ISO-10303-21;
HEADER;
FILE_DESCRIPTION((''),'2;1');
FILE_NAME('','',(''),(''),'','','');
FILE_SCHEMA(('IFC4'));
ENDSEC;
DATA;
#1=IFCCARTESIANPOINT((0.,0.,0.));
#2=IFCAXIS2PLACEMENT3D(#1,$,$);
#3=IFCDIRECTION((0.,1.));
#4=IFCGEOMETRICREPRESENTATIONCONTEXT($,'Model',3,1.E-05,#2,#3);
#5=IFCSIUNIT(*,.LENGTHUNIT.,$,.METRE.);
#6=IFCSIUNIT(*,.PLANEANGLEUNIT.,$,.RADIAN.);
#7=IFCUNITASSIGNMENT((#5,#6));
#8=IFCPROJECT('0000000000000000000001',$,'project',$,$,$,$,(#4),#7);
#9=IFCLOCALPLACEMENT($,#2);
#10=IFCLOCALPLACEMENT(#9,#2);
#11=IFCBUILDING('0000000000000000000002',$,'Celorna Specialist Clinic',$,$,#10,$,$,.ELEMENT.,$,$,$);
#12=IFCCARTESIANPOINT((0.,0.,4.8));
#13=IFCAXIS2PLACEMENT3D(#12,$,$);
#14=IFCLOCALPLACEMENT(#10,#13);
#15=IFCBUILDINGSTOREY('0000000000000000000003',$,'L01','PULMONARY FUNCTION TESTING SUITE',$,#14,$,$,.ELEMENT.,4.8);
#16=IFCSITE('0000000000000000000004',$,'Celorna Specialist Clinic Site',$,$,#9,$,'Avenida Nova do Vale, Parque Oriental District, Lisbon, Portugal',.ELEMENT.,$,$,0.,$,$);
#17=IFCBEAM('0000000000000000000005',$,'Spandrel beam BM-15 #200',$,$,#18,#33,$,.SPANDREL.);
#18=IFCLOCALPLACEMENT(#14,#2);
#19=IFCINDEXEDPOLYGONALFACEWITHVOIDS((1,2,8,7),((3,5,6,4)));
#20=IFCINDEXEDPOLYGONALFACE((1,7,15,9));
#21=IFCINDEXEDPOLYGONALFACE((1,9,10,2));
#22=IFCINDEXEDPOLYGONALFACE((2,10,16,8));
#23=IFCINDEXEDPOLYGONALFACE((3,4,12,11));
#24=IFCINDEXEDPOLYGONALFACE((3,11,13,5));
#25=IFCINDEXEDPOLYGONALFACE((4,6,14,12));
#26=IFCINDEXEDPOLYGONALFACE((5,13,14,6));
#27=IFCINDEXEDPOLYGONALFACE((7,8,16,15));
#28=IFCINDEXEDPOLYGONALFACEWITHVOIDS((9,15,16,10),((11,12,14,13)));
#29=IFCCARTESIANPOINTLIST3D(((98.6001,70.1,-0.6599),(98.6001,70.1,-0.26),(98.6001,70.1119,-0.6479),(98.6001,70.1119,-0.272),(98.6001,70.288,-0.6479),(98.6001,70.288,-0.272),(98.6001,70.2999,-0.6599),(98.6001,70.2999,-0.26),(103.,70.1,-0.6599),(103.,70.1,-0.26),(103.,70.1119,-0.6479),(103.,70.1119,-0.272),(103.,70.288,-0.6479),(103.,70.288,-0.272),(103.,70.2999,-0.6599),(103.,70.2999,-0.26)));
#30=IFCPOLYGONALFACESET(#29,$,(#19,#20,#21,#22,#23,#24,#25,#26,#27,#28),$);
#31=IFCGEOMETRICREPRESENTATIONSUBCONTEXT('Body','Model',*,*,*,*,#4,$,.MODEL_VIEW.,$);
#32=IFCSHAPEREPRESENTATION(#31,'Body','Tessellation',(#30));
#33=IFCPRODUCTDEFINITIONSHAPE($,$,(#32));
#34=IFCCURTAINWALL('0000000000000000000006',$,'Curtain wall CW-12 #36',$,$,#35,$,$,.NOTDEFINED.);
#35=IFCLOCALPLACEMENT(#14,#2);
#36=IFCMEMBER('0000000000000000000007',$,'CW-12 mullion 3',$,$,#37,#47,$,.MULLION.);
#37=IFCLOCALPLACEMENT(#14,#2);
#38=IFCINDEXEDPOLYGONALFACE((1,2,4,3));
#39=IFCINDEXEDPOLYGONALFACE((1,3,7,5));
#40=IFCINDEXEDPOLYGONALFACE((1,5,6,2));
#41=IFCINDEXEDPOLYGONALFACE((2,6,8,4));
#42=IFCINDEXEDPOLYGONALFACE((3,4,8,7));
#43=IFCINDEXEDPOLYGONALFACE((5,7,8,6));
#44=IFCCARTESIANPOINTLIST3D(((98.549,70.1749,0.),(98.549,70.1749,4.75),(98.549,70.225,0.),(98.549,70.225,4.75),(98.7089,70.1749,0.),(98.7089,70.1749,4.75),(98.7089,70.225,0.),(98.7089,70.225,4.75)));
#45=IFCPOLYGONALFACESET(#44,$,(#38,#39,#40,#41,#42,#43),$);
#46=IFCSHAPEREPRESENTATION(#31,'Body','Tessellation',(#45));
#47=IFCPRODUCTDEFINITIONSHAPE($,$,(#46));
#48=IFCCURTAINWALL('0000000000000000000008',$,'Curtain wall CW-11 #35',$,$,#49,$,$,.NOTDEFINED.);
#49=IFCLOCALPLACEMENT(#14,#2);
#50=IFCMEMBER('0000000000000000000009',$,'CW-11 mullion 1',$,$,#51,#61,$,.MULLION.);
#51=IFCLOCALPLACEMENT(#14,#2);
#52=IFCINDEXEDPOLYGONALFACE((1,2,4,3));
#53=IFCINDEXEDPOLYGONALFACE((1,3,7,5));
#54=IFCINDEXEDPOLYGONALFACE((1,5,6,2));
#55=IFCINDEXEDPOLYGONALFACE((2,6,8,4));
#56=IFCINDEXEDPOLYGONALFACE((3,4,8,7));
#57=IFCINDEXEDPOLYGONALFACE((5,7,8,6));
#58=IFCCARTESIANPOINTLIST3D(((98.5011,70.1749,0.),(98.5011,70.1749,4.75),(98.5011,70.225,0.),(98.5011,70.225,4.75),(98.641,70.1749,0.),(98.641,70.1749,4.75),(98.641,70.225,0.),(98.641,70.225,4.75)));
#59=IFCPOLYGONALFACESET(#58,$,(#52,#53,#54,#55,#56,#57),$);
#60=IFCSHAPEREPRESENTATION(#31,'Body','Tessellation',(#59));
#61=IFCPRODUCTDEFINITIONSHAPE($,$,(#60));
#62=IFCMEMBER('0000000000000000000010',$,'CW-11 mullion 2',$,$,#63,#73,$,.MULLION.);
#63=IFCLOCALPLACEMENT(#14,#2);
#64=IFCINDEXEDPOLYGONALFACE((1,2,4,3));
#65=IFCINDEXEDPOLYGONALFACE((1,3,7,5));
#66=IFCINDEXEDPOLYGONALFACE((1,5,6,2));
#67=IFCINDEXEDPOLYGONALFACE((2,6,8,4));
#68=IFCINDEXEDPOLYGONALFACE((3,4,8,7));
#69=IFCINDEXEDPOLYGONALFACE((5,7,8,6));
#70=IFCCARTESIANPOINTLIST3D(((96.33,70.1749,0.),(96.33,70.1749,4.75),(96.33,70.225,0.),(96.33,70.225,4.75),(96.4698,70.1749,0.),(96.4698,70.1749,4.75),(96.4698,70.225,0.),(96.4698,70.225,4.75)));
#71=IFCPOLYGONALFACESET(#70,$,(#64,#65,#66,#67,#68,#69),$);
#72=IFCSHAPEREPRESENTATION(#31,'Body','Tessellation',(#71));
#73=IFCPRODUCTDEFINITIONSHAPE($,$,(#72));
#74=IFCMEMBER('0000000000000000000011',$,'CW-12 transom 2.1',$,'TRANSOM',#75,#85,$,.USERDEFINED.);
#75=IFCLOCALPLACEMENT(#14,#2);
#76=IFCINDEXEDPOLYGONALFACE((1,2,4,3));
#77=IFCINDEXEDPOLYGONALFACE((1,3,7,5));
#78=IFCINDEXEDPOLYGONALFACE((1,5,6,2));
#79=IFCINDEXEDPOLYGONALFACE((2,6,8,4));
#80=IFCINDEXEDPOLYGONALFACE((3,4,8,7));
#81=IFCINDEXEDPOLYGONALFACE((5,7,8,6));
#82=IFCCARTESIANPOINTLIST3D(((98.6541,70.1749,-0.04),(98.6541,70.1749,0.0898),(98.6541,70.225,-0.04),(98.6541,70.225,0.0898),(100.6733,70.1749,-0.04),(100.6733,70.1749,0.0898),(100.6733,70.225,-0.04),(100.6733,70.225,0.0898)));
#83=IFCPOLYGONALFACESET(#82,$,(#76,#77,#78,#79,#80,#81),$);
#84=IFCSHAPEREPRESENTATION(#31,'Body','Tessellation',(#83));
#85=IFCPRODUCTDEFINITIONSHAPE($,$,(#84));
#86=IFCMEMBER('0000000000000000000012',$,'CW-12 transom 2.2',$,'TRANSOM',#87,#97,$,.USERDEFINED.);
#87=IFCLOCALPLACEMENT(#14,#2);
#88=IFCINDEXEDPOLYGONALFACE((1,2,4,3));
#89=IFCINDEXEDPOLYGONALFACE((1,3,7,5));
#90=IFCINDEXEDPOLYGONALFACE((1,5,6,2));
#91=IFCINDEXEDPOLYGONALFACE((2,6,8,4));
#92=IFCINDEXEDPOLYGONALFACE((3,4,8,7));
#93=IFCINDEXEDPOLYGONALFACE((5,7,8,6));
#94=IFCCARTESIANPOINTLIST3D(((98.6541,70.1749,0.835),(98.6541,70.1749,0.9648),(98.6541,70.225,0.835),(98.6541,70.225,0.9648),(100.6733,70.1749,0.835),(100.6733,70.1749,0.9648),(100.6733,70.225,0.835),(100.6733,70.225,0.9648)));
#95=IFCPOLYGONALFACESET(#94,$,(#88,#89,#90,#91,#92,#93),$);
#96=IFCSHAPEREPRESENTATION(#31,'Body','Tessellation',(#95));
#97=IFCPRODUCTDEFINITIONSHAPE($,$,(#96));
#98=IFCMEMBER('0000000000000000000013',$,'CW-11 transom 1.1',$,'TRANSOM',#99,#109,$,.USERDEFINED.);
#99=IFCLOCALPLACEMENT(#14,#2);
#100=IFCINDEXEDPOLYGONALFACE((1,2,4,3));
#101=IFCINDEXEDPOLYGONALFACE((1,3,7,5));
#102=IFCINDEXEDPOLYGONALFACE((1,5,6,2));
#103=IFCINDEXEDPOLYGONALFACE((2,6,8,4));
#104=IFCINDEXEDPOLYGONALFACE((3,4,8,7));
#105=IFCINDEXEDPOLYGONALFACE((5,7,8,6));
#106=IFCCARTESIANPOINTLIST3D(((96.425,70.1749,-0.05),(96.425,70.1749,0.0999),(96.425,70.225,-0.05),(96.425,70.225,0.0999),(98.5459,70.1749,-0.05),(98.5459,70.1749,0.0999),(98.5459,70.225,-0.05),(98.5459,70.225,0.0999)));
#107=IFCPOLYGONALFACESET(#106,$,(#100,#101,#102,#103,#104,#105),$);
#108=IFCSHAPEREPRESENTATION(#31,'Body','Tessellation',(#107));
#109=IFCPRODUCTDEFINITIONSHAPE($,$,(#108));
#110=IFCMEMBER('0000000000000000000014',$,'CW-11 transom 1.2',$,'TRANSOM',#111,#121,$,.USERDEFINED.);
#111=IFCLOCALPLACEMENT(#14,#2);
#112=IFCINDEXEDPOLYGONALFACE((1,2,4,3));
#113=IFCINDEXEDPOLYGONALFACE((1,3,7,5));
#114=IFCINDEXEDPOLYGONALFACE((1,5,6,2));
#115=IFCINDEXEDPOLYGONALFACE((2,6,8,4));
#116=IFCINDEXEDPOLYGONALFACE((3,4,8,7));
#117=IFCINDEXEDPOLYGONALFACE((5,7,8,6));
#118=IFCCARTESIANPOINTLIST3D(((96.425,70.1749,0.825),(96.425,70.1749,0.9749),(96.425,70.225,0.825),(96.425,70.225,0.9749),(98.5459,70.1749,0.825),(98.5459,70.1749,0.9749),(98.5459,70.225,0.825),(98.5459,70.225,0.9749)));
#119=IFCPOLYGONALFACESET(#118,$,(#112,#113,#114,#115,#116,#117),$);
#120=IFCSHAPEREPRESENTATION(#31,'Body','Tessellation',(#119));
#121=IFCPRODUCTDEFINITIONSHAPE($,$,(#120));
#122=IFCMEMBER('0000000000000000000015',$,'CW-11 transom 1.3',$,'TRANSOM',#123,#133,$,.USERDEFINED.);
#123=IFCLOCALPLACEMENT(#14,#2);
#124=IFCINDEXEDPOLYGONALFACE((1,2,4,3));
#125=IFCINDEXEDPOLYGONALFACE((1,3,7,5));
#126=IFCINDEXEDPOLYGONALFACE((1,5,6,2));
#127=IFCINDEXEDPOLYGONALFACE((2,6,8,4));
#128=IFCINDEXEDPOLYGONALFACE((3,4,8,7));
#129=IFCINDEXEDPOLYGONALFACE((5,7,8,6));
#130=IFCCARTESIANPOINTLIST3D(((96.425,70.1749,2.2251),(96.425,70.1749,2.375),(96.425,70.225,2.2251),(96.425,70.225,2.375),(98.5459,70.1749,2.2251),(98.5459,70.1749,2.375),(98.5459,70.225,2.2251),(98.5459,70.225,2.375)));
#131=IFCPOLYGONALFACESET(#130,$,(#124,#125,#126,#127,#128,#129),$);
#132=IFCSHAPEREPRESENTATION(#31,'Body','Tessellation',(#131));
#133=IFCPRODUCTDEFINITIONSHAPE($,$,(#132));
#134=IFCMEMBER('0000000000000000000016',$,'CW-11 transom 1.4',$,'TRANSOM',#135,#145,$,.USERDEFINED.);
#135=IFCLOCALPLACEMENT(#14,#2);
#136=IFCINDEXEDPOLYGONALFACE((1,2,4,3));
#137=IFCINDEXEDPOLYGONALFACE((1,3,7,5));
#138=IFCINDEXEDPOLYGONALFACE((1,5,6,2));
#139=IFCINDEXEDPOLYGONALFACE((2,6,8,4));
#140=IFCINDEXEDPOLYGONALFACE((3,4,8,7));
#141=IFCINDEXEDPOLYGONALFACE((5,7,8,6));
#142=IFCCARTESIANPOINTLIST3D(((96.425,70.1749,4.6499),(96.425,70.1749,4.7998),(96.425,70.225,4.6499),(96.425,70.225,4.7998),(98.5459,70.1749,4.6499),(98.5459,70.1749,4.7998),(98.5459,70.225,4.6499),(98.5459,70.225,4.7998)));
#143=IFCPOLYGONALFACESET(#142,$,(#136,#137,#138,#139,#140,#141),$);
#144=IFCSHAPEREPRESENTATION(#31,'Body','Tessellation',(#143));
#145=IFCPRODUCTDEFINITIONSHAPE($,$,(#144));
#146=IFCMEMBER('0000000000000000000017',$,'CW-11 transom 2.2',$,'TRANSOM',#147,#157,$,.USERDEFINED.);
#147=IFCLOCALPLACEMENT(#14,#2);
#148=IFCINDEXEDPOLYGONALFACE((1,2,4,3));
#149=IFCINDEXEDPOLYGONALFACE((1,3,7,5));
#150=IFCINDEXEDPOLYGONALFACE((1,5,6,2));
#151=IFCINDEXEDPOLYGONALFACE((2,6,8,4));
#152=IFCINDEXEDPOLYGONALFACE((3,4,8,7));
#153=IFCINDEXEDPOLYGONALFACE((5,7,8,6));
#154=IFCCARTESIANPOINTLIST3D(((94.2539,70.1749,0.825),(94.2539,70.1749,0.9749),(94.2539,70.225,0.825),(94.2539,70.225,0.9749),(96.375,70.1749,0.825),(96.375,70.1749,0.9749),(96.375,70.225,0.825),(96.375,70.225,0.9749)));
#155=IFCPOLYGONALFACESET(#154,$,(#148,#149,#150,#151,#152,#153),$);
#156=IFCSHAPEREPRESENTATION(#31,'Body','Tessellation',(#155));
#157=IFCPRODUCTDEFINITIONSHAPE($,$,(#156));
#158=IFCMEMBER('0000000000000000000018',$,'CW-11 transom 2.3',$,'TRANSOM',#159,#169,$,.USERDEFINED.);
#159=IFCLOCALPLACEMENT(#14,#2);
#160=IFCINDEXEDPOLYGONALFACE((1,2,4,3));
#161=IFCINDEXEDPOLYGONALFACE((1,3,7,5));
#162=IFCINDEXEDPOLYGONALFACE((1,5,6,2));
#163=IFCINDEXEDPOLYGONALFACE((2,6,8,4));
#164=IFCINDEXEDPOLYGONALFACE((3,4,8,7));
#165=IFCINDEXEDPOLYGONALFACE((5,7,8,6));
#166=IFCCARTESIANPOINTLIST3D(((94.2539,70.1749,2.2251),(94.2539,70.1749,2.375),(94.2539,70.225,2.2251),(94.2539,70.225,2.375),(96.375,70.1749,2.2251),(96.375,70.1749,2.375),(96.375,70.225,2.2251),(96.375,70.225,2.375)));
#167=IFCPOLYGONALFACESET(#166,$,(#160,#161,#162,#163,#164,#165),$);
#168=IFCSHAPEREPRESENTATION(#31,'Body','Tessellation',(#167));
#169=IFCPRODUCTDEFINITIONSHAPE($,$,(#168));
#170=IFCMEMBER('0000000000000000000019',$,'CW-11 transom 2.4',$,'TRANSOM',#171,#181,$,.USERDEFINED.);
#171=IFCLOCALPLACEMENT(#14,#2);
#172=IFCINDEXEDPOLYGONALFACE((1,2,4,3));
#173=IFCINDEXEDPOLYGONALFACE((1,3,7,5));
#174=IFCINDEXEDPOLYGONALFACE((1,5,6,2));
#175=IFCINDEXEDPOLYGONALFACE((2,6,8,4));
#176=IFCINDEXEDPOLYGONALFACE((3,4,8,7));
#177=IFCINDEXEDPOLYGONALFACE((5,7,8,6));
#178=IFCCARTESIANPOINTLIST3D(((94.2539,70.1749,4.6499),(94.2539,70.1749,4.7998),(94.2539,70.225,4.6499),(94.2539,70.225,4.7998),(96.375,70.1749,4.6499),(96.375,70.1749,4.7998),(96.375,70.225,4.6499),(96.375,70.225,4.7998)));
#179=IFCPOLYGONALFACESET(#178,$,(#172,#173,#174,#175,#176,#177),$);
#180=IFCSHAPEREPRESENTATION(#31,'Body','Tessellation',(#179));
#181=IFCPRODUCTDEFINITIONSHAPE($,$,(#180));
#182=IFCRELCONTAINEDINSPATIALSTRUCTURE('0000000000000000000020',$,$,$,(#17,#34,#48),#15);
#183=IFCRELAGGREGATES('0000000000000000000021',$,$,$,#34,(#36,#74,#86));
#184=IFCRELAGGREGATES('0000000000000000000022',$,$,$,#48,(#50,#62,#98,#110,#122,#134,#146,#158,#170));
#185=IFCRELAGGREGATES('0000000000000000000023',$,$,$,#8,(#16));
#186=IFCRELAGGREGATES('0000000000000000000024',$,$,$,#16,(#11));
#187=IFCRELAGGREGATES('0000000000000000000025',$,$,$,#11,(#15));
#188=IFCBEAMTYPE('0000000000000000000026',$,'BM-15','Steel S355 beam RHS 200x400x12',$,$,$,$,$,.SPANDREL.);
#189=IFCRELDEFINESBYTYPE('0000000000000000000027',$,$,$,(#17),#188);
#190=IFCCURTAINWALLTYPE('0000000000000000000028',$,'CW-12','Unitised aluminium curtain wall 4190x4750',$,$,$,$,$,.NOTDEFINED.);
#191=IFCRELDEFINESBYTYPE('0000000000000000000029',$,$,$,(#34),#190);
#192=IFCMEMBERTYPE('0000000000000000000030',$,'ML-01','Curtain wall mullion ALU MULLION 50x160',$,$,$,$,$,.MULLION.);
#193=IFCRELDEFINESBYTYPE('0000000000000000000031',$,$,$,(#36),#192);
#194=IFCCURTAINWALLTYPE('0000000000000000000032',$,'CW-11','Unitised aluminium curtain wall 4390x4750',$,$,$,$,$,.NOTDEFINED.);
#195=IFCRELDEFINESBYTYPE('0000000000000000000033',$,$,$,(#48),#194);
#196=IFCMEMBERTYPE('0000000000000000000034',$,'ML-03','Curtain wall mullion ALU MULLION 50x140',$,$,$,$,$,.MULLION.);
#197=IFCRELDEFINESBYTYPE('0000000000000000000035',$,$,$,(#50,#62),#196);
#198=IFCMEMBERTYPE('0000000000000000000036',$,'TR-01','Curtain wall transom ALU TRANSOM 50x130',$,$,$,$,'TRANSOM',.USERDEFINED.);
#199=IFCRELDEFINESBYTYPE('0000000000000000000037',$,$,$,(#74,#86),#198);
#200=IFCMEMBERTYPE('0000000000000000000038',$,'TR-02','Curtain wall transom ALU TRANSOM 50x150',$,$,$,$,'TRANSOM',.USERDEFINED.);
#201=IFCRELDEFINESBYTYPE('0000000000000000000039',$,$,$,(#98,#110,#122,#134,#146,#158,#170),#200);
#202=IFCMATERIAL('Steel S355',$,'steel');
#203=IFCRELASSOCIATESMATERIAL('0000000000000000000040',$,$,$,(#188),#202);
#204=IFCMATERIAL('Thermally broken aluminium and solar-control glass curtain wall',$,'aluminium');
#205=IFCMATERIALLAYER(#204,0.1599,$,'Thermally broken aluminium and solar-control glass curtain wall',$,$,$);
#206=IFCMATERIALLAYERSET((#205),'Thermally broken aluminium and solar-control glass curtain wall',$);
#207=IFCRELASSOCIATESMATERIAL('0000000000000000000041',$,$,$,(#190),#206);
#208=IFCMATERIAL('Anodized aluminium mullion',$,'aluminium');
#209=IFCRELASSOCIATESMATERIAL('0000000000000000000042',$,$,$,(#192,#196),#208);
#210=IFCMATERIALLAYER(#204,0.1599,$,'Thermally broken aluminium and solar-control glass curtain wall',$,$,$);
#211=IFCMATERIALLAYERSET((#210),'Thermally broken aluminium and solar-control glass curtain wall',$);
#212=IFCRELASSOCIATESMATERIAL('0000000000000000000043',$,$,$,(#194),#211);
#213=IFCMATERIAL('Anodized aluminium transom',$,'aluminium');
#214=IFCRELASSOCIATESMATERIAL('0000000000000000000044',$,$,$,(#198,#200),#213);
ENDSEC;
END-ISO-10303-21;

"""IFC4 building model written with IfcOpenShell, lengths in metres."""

from ifc_helpers import new_model, si_unit, direction, frame, origin, origin_2d, place, context, subcontext, project, spatial, rectangle, hollow_rectangle, extrude, material, layer, layer_set, material_profile, profile_set, type_object, element, aggregate, save


model = new_model("IFC4")

# Units and contexts
model_context = context("Model", 3, precision=1e-05, world=origin(), true_north=direction((0.0, 1.0)))
body_context = subcontext(model_context, "Body", "Model", "MODEL_VIEW")
ifc_project = project(units=[si_unit("LENGTHUNIT", "METRE"), si_unit("PLANEANGLEUNIT", "RADIAN")], contexts=[model_context])

# Site, building, storey
site_placement = place(None, origin())
site = spatial("IfcSite", under=ifc_project, at=site_placement, Name="Celorna Specialist Clinic Site", LongName="Avenida Nova do Vale, Parque Oriental District, Lisbon, Portugal", CompositionType="ELEMENT", RefElevation=0.0)
building_placement = place(site_placement, origin())
building = spatial("IfcBuilding", under=site, at=building_placement, Name="Celorna Specialist Clinic", CompositionType="ELEMENT")
storey_placement = place(building_placement, frame((0.0, 0.0, 4.8)))
storey = spatial("IfcBuildingStorey", under=building, at=storey_placement, Name="L01", Description="PULMONARY FUNCTION TESTING SUITE", CompositionType="ELEMENT", Elevation=4.8)

# Beam
ifc_material_1 = material(Name="Steel S355", Category="steel")
ifc_material_profile_1 = material_profile(ifc_material_1, hollow_rectangle(XDim=0.2, YDim=0.3999, WallThickness=0.012, at=origin_2d()), Name="RHS 200x400x12")
ifc_profile_set_1 = profile_set([ifc_material_profile_1], Name="Steel S355")
beam_type = type_object("IfcBeamType", Name="BM-15", Description="Steel S355 beam RHS 200x400x12", PredefinedType="SPANDREL", material=ifc_profile_set_1)
beam_placement = place(storey_placement, frame((98.6001, 70.2, -0.46), z_axis=(1.0, 0.0, 0.0), x_axis=(0.0, 1.0, 0.0)))
element("IfcBeam", 1, at=beam_placement, inside=storey, type_object=beam_type, Name="Spandrel beam BM-15 #200", PredefinedType="SPANDREL", context=body_context, shape_type="SweptSolid", body=[
    extrude(hollow_rectangle(XDim=0.2, YDim=0.3999, WallThickness=0.012, at=origin_2d()), origin(), (0.0, 0.0, 1.0), 4.3999),
])

# Curtain wall, member
ifc_material_2 = material(Name="Thermally broken aluminium and solar-control glass curtain wall", Category="aluminium")
ifc_layer_1 = layer(ifc_material_2, 0.1599, Name="Thermally broken aluminium and solar-control glass curtain wall")
ifc_layer_set_1 = layer_set([ifc_layer_1], Name="Thermally broken aluminium and solar-control glass curtain wall")
curtain_wall_type_1 = type_object("IfcCurtainWallType", Name="CW-12", Description="Unitised aluminium curtain wall 4190x4750", PredefinedType="NOTDEFINED", material=ifc_layer_set_1)
curtain_wall_1_placement = place(storey_placement, origin())
curtain_wall_1 = element("IfcCurtainWall", 2, at=curtain_wall_1_placement, inside=storey, type_object=curtain_wall_type_1, Name="Curtain wall CW-12 #36", PredefinedType="NOTDEFINED")
ifc_material_3 = material(Name="Anodized aluminium mullion", Category="aluminium")
ifc_material_profile_2 = material_profile(ifc_material_3, rectangle(XDim=0.05, YDim=0.1599, at=origin_2d()), Name="ALU MULLION 50x160")
ifc_profile_set_2 = profile_set([ifc_material_profile_2], Name="Anodized aluminium mullion")
member_type_1 = type_object("IfcMemberType", Name="ML-01", Description="Curtain wall mullion ALU MULLION 50x160", PredefinedType="MULLION", material=ifc_profile_set_2)
member_1_placement = place(storey_placement, frame((98.6289, 70.2, 0.0), z_axis=(0.0, 0.0, 1.0), x_axis=(0.0, -1.0, 0.0)))
member_1 = element("IfcMember", 3, at=member_1_placement, type_object=member_type_1, Name="CW-12 mullion 3", PredefinedType="MULLION", context=body_context, shape_type="SweptSolid", body=[
    extrude(rectangle(XDim=0.05, YDim=0.1599, at=origin_2d()), origin(), (0.0, 0.0, 1.0), 4.75),
])

# Curtain wall, members
ifc_layer_2 = layer(ifc_material_2, 0.1599, Name="Thermally broken aluminium and solar-control glass curtain wall")
ifc_layer_set_2 = layer_set([ifc_layer_2], Name="Thermally broken aluminium and solar-control glass curtain wall")
curtain_wall_type_2 = type_object("IfcCurtainWallType", Name="CW-11", Description="Unitised aluminium curtain wall 4390x4750", PredefinedType="NOTDEFINED", material=ifc_layer_set_2)
curtain_wall_2_placement = place(storey_placement, origin())
curtain_wall_2 = element("IfcCurtainWall", 4, at=curtain_wall_2_placement, inside=storey, type_object=curtain_wall_type_2, Name="Curtain wall CW-11 #35", PredefinedType="NOTDEFINED")
ifc_material_profile_3 = material_profile(ifc_material_3, rectangle(XDim=0.05, YDim=0.1399, at=origin_2d()), Name="ALU MULLION 50x140")
ifc_profile_set_3 = profile_set([ifc_material_profile_3], Name="Anodized aluminium mullion")
member_type_2 = type_object("IfcMemberType", Name="ML-03", Description="Curtain wall mullion ALU MULLION 50x140", PredefinedType="MULLION", material=ifc_profile_set_3)
member_2_placement = place(storey_placement, frame((98.571, 70.2, 0.0), z_axis=(0.0, 0.0, 1.0), x_axis=(0.0, -1.0, 0.0)))
member_2 = element("IfcMember", 5, at=member_2_placement, type_object=member_type_2, Name="CW-11 mullion 1", PredefinedType="MULLION", context=body_context, shape_type="SweptSolid", body=[
    extrude(rectangle(XDim=0.05, YDim=0.1399, at=origin_2d()), origin(), (0.0, 0.0, 1.0), 4.75),
])
member_3_placement = place(storey_placement, frame((96.3999, 70.2, 0.0), z_axis=(0.0, 0.0, 1.0), x_axis=(0.0, -1.0, 0.0)))
member_3 = element("IfcMember", 6, at=member_3_placement, type_object=member_type_2, Name="CW-11 mullion 2", PredefinedType="MULLION", context=body_context, shape_type="SweptSolid", body=[
    extrude(rectangle(XDim=0.05, YDim=0.1399, at=origin_2d()), origin(), (0.0, 0.0, 1.0), 4.75),
])

# Members
ifc_material_4 = material(Name="Anodized aluminium transom", Category="aluminium")
ifc_material_profile_4 = material_profile(ifc_material_4, rectangle(XDim=0.05, YDim=0.1299, at=origin_2d()), Name="ALU TRANSOM 50x130")
ifc_profile_set_4 = profile_set([ifc_material_profile_4], Name="Anodized aluminium transom")
member_type_3 = type_object("IfcMemberType", Name="TR-01", Description="Curtain wall transom ALU TRANSOM 50x130", ElementType="TRANSOM", PredefinedType="USERDEFINED", material=ifc_profile_set_4)
member_4_placement = place(storey_placement, frame((100.6733, 70.2, 0.0249), z_axis=(-1.0, 0.0, 0.0), x_axis=(0.0, -1.0, 0.0)))
member_4 = element("IfcMember", 7, at=member_4_placement, type_object=member_type_3, Name="CW-12 transom 2.1", ObjectType="TRANSOM", PredefinedType="USERDEFINED", context=body_context, shape_type="SweptSolid", body=[
    extrude(rectangle(XDim=0.05, YDim=0.1299, at=origin_2d()), origin(), (0.0, 0.0, 1.0), 2.0193),
])
member_5_placement = place(storey_placement, frame((100.6733, 70.2, 0.8999), z_axis=(-1.0, 0.0, 0.0), x_axis=(0.0, -1.0, 0.0)))
member_5 = element("IfcMember", 8, at=member_5_placement, type_object=member_type_3, Name="CW-12 transom 2.2", ObjectType="TRANSOM", PredefinedType="USERDEFINED", context=body_context, shape_type="SweptSolid", body=[
    extrude(rectangle(XDim=0.05, YDim=0.1299, at=origin_2d()), origin(), (0.0, 0.0, 1.0), 2.0193),
])
ifc_material_profile_5 = material_profile(ifc_material_4, rectangle(XDim=0.05, YDim=0.1499, at=origin_2d()), Name="ALU TRANSOM 50x150")
ifc_profile_set_5 = profile_set([ifc_material_profile_5], Name="Anodized aluminium transom")
member_type_4 = type_object("IfcMemberType", Name="TR-02", Description="Curtain wall transom ALU TRANSOM 50x150", ElementType="TRANSOM", PredefinedType="USERDEFINED", material=ifc_profile_set_5)
member_6_placement = place(storey_placement, frame((98.5459, 70.2, 0.0249), z_axis=(-1.0, 0.0, 0.0), x_axis=(0.0, -1.0, 0.0)))
member_6 = element("IfcMember", 9, at=member_6_placement, type_object=member_type_4, Name="CW-11 transom 1.1", ObjectType="TRANSOM", PredefinedType="USERDEFINED", context=body_context, shape_type="SweptSolid", body=[
    extrude(rectangle(XDim=0.05, YDim=0.1499, at=origin_2d()), origin(), (0.0, 0.0, 1.0), 2.1208),
])
member_7_placement = place(storey_placement, frame((98.5459, 70.2, 0.8999), z_axis=(-1.0, 0.0, 0.0), x_axis=(0.0, -1.0, 0.0)))
member_7 = element("IfcMember", 10, at=member_7_placement, type_object=member_type_4, Name="CW-11 transom 1.2", ObjectType="TRANSOM", PredefinedType="USERDEFINED", context=body_context, shape_type="SweptSolid", body=[
    extrude(rectangle(XDim=0.05, YDim=0.1499, at=origin_2d()), origin(), (0.0, 0.0, 1.0), 2.1208),
])
member_8_placement = place(storey_placement, frame((98.5459, 70.2, 2.3), z_axis=(-1.0, 0.0, 0.0), x_axis=(0.0, -1.0, 0.0)))
member_8 = element("IfcMember", 11, at=member_8_placement, type_object=member_type_4, Name="CW-11 transom 1.3", ObjectType="TRANSOM", PredefinedType="USERDEFINED", context=body_context, shape_type="SweptSolid", body=[
    extrude(rectangle(XDim=0.05, YDim=0.1499, at=origin_2d()), origin(), (0.0, 0.0, 1.0), 2.1208),
])
member_9_placement = place(storey_placement, frame((98.5459, 70.2, 4.7249), z_axis=(-1.0, 0.0, 0.0), x_axis=(0.0, -1.0, 0.0)))
member_9 = element("IfcMember", 12, at=member_9_placement, type_object=member_type_4, Name="CW-11 transom 1.4", ObjectType="TRANSOM", PredefinedType="USERDEFINED", context=body_context, shape_type="SweptSolid", body=[
    extrude(rectangle(XDim=0.05, YDim=0.1499, at=origin_2d()), origin(), (0.0, 0.0, 1.0), 2.1208),
])
member_10_placement = place(storey_placement, frame((96.375, 70.2, 0.8999), z_axis=(-1.0, 0.0, 0.0), x_axis=(0.0, -1.0, 0.0)))
member_10 = element("IfcMember", 13, at=member_10_placement, type_object=member_type_4, Name="CW-11 transom 2.2", ObjectType="TRANSOM", PredefinedType="USERDEFINED", context=body_context, shape_type="SweptSolid", body=[
    extrude(rectangle(XDim=0.05, YDim=0.1499, at=origin_2d()), origin(), (0.0, 0.0, 1.0), 2.1211),
])
member_11_placement = place(storey_placement, frame((96.375, 70.2, 2.3), z_axis=(-1.0, 0.0, 0.0), x_axis=(0.0, -1.0, 0.0)))
member_11 = element("IfcMember", 14, at=member_11_placement, type_object=member_type_4, Name="CW-11 transom 2.3", ObjectType="TRANSOM", PredefinedType="USERDEFINED", context=body_context, shape_type="SweptSolid", body=[
    extrude(rectangle(XDim=0.05, YDim=0.1499, at=origin_2d()), origin(), (0.0, 0.0, 1.0), 2.1211),
])
member_12_placement = place(storey_placement, frame((96.375, 70.2, 4.7249), z_axis=(-1.0, 0.0, 0.0), x_axis=(0.0, -1.0, 0.0)))
member_12 = element("IfcMember", 15, at=member_12_placement, type_object=member_type_4, Name="CW-11 transom 2.4", ObjectType="TRANSOM", PredefinedType="USERDEFINED", context=body_context, shape_type="SweptSolid", body=[
    extrude(rectangle(XDim=0.05, YDim=0.1499, at=origin_2d()), origin(), (0.0, 0.0, 1.0), 2.1211),
])

aggregate(curtain_wall_1, [member_1, member_4, member_5])
aggregate(curtain_wall_2, [member_2, member_3, member_6, member_7, member_8, member_9, member_10, member_11, member_12])

save(model, "model.ifc")
